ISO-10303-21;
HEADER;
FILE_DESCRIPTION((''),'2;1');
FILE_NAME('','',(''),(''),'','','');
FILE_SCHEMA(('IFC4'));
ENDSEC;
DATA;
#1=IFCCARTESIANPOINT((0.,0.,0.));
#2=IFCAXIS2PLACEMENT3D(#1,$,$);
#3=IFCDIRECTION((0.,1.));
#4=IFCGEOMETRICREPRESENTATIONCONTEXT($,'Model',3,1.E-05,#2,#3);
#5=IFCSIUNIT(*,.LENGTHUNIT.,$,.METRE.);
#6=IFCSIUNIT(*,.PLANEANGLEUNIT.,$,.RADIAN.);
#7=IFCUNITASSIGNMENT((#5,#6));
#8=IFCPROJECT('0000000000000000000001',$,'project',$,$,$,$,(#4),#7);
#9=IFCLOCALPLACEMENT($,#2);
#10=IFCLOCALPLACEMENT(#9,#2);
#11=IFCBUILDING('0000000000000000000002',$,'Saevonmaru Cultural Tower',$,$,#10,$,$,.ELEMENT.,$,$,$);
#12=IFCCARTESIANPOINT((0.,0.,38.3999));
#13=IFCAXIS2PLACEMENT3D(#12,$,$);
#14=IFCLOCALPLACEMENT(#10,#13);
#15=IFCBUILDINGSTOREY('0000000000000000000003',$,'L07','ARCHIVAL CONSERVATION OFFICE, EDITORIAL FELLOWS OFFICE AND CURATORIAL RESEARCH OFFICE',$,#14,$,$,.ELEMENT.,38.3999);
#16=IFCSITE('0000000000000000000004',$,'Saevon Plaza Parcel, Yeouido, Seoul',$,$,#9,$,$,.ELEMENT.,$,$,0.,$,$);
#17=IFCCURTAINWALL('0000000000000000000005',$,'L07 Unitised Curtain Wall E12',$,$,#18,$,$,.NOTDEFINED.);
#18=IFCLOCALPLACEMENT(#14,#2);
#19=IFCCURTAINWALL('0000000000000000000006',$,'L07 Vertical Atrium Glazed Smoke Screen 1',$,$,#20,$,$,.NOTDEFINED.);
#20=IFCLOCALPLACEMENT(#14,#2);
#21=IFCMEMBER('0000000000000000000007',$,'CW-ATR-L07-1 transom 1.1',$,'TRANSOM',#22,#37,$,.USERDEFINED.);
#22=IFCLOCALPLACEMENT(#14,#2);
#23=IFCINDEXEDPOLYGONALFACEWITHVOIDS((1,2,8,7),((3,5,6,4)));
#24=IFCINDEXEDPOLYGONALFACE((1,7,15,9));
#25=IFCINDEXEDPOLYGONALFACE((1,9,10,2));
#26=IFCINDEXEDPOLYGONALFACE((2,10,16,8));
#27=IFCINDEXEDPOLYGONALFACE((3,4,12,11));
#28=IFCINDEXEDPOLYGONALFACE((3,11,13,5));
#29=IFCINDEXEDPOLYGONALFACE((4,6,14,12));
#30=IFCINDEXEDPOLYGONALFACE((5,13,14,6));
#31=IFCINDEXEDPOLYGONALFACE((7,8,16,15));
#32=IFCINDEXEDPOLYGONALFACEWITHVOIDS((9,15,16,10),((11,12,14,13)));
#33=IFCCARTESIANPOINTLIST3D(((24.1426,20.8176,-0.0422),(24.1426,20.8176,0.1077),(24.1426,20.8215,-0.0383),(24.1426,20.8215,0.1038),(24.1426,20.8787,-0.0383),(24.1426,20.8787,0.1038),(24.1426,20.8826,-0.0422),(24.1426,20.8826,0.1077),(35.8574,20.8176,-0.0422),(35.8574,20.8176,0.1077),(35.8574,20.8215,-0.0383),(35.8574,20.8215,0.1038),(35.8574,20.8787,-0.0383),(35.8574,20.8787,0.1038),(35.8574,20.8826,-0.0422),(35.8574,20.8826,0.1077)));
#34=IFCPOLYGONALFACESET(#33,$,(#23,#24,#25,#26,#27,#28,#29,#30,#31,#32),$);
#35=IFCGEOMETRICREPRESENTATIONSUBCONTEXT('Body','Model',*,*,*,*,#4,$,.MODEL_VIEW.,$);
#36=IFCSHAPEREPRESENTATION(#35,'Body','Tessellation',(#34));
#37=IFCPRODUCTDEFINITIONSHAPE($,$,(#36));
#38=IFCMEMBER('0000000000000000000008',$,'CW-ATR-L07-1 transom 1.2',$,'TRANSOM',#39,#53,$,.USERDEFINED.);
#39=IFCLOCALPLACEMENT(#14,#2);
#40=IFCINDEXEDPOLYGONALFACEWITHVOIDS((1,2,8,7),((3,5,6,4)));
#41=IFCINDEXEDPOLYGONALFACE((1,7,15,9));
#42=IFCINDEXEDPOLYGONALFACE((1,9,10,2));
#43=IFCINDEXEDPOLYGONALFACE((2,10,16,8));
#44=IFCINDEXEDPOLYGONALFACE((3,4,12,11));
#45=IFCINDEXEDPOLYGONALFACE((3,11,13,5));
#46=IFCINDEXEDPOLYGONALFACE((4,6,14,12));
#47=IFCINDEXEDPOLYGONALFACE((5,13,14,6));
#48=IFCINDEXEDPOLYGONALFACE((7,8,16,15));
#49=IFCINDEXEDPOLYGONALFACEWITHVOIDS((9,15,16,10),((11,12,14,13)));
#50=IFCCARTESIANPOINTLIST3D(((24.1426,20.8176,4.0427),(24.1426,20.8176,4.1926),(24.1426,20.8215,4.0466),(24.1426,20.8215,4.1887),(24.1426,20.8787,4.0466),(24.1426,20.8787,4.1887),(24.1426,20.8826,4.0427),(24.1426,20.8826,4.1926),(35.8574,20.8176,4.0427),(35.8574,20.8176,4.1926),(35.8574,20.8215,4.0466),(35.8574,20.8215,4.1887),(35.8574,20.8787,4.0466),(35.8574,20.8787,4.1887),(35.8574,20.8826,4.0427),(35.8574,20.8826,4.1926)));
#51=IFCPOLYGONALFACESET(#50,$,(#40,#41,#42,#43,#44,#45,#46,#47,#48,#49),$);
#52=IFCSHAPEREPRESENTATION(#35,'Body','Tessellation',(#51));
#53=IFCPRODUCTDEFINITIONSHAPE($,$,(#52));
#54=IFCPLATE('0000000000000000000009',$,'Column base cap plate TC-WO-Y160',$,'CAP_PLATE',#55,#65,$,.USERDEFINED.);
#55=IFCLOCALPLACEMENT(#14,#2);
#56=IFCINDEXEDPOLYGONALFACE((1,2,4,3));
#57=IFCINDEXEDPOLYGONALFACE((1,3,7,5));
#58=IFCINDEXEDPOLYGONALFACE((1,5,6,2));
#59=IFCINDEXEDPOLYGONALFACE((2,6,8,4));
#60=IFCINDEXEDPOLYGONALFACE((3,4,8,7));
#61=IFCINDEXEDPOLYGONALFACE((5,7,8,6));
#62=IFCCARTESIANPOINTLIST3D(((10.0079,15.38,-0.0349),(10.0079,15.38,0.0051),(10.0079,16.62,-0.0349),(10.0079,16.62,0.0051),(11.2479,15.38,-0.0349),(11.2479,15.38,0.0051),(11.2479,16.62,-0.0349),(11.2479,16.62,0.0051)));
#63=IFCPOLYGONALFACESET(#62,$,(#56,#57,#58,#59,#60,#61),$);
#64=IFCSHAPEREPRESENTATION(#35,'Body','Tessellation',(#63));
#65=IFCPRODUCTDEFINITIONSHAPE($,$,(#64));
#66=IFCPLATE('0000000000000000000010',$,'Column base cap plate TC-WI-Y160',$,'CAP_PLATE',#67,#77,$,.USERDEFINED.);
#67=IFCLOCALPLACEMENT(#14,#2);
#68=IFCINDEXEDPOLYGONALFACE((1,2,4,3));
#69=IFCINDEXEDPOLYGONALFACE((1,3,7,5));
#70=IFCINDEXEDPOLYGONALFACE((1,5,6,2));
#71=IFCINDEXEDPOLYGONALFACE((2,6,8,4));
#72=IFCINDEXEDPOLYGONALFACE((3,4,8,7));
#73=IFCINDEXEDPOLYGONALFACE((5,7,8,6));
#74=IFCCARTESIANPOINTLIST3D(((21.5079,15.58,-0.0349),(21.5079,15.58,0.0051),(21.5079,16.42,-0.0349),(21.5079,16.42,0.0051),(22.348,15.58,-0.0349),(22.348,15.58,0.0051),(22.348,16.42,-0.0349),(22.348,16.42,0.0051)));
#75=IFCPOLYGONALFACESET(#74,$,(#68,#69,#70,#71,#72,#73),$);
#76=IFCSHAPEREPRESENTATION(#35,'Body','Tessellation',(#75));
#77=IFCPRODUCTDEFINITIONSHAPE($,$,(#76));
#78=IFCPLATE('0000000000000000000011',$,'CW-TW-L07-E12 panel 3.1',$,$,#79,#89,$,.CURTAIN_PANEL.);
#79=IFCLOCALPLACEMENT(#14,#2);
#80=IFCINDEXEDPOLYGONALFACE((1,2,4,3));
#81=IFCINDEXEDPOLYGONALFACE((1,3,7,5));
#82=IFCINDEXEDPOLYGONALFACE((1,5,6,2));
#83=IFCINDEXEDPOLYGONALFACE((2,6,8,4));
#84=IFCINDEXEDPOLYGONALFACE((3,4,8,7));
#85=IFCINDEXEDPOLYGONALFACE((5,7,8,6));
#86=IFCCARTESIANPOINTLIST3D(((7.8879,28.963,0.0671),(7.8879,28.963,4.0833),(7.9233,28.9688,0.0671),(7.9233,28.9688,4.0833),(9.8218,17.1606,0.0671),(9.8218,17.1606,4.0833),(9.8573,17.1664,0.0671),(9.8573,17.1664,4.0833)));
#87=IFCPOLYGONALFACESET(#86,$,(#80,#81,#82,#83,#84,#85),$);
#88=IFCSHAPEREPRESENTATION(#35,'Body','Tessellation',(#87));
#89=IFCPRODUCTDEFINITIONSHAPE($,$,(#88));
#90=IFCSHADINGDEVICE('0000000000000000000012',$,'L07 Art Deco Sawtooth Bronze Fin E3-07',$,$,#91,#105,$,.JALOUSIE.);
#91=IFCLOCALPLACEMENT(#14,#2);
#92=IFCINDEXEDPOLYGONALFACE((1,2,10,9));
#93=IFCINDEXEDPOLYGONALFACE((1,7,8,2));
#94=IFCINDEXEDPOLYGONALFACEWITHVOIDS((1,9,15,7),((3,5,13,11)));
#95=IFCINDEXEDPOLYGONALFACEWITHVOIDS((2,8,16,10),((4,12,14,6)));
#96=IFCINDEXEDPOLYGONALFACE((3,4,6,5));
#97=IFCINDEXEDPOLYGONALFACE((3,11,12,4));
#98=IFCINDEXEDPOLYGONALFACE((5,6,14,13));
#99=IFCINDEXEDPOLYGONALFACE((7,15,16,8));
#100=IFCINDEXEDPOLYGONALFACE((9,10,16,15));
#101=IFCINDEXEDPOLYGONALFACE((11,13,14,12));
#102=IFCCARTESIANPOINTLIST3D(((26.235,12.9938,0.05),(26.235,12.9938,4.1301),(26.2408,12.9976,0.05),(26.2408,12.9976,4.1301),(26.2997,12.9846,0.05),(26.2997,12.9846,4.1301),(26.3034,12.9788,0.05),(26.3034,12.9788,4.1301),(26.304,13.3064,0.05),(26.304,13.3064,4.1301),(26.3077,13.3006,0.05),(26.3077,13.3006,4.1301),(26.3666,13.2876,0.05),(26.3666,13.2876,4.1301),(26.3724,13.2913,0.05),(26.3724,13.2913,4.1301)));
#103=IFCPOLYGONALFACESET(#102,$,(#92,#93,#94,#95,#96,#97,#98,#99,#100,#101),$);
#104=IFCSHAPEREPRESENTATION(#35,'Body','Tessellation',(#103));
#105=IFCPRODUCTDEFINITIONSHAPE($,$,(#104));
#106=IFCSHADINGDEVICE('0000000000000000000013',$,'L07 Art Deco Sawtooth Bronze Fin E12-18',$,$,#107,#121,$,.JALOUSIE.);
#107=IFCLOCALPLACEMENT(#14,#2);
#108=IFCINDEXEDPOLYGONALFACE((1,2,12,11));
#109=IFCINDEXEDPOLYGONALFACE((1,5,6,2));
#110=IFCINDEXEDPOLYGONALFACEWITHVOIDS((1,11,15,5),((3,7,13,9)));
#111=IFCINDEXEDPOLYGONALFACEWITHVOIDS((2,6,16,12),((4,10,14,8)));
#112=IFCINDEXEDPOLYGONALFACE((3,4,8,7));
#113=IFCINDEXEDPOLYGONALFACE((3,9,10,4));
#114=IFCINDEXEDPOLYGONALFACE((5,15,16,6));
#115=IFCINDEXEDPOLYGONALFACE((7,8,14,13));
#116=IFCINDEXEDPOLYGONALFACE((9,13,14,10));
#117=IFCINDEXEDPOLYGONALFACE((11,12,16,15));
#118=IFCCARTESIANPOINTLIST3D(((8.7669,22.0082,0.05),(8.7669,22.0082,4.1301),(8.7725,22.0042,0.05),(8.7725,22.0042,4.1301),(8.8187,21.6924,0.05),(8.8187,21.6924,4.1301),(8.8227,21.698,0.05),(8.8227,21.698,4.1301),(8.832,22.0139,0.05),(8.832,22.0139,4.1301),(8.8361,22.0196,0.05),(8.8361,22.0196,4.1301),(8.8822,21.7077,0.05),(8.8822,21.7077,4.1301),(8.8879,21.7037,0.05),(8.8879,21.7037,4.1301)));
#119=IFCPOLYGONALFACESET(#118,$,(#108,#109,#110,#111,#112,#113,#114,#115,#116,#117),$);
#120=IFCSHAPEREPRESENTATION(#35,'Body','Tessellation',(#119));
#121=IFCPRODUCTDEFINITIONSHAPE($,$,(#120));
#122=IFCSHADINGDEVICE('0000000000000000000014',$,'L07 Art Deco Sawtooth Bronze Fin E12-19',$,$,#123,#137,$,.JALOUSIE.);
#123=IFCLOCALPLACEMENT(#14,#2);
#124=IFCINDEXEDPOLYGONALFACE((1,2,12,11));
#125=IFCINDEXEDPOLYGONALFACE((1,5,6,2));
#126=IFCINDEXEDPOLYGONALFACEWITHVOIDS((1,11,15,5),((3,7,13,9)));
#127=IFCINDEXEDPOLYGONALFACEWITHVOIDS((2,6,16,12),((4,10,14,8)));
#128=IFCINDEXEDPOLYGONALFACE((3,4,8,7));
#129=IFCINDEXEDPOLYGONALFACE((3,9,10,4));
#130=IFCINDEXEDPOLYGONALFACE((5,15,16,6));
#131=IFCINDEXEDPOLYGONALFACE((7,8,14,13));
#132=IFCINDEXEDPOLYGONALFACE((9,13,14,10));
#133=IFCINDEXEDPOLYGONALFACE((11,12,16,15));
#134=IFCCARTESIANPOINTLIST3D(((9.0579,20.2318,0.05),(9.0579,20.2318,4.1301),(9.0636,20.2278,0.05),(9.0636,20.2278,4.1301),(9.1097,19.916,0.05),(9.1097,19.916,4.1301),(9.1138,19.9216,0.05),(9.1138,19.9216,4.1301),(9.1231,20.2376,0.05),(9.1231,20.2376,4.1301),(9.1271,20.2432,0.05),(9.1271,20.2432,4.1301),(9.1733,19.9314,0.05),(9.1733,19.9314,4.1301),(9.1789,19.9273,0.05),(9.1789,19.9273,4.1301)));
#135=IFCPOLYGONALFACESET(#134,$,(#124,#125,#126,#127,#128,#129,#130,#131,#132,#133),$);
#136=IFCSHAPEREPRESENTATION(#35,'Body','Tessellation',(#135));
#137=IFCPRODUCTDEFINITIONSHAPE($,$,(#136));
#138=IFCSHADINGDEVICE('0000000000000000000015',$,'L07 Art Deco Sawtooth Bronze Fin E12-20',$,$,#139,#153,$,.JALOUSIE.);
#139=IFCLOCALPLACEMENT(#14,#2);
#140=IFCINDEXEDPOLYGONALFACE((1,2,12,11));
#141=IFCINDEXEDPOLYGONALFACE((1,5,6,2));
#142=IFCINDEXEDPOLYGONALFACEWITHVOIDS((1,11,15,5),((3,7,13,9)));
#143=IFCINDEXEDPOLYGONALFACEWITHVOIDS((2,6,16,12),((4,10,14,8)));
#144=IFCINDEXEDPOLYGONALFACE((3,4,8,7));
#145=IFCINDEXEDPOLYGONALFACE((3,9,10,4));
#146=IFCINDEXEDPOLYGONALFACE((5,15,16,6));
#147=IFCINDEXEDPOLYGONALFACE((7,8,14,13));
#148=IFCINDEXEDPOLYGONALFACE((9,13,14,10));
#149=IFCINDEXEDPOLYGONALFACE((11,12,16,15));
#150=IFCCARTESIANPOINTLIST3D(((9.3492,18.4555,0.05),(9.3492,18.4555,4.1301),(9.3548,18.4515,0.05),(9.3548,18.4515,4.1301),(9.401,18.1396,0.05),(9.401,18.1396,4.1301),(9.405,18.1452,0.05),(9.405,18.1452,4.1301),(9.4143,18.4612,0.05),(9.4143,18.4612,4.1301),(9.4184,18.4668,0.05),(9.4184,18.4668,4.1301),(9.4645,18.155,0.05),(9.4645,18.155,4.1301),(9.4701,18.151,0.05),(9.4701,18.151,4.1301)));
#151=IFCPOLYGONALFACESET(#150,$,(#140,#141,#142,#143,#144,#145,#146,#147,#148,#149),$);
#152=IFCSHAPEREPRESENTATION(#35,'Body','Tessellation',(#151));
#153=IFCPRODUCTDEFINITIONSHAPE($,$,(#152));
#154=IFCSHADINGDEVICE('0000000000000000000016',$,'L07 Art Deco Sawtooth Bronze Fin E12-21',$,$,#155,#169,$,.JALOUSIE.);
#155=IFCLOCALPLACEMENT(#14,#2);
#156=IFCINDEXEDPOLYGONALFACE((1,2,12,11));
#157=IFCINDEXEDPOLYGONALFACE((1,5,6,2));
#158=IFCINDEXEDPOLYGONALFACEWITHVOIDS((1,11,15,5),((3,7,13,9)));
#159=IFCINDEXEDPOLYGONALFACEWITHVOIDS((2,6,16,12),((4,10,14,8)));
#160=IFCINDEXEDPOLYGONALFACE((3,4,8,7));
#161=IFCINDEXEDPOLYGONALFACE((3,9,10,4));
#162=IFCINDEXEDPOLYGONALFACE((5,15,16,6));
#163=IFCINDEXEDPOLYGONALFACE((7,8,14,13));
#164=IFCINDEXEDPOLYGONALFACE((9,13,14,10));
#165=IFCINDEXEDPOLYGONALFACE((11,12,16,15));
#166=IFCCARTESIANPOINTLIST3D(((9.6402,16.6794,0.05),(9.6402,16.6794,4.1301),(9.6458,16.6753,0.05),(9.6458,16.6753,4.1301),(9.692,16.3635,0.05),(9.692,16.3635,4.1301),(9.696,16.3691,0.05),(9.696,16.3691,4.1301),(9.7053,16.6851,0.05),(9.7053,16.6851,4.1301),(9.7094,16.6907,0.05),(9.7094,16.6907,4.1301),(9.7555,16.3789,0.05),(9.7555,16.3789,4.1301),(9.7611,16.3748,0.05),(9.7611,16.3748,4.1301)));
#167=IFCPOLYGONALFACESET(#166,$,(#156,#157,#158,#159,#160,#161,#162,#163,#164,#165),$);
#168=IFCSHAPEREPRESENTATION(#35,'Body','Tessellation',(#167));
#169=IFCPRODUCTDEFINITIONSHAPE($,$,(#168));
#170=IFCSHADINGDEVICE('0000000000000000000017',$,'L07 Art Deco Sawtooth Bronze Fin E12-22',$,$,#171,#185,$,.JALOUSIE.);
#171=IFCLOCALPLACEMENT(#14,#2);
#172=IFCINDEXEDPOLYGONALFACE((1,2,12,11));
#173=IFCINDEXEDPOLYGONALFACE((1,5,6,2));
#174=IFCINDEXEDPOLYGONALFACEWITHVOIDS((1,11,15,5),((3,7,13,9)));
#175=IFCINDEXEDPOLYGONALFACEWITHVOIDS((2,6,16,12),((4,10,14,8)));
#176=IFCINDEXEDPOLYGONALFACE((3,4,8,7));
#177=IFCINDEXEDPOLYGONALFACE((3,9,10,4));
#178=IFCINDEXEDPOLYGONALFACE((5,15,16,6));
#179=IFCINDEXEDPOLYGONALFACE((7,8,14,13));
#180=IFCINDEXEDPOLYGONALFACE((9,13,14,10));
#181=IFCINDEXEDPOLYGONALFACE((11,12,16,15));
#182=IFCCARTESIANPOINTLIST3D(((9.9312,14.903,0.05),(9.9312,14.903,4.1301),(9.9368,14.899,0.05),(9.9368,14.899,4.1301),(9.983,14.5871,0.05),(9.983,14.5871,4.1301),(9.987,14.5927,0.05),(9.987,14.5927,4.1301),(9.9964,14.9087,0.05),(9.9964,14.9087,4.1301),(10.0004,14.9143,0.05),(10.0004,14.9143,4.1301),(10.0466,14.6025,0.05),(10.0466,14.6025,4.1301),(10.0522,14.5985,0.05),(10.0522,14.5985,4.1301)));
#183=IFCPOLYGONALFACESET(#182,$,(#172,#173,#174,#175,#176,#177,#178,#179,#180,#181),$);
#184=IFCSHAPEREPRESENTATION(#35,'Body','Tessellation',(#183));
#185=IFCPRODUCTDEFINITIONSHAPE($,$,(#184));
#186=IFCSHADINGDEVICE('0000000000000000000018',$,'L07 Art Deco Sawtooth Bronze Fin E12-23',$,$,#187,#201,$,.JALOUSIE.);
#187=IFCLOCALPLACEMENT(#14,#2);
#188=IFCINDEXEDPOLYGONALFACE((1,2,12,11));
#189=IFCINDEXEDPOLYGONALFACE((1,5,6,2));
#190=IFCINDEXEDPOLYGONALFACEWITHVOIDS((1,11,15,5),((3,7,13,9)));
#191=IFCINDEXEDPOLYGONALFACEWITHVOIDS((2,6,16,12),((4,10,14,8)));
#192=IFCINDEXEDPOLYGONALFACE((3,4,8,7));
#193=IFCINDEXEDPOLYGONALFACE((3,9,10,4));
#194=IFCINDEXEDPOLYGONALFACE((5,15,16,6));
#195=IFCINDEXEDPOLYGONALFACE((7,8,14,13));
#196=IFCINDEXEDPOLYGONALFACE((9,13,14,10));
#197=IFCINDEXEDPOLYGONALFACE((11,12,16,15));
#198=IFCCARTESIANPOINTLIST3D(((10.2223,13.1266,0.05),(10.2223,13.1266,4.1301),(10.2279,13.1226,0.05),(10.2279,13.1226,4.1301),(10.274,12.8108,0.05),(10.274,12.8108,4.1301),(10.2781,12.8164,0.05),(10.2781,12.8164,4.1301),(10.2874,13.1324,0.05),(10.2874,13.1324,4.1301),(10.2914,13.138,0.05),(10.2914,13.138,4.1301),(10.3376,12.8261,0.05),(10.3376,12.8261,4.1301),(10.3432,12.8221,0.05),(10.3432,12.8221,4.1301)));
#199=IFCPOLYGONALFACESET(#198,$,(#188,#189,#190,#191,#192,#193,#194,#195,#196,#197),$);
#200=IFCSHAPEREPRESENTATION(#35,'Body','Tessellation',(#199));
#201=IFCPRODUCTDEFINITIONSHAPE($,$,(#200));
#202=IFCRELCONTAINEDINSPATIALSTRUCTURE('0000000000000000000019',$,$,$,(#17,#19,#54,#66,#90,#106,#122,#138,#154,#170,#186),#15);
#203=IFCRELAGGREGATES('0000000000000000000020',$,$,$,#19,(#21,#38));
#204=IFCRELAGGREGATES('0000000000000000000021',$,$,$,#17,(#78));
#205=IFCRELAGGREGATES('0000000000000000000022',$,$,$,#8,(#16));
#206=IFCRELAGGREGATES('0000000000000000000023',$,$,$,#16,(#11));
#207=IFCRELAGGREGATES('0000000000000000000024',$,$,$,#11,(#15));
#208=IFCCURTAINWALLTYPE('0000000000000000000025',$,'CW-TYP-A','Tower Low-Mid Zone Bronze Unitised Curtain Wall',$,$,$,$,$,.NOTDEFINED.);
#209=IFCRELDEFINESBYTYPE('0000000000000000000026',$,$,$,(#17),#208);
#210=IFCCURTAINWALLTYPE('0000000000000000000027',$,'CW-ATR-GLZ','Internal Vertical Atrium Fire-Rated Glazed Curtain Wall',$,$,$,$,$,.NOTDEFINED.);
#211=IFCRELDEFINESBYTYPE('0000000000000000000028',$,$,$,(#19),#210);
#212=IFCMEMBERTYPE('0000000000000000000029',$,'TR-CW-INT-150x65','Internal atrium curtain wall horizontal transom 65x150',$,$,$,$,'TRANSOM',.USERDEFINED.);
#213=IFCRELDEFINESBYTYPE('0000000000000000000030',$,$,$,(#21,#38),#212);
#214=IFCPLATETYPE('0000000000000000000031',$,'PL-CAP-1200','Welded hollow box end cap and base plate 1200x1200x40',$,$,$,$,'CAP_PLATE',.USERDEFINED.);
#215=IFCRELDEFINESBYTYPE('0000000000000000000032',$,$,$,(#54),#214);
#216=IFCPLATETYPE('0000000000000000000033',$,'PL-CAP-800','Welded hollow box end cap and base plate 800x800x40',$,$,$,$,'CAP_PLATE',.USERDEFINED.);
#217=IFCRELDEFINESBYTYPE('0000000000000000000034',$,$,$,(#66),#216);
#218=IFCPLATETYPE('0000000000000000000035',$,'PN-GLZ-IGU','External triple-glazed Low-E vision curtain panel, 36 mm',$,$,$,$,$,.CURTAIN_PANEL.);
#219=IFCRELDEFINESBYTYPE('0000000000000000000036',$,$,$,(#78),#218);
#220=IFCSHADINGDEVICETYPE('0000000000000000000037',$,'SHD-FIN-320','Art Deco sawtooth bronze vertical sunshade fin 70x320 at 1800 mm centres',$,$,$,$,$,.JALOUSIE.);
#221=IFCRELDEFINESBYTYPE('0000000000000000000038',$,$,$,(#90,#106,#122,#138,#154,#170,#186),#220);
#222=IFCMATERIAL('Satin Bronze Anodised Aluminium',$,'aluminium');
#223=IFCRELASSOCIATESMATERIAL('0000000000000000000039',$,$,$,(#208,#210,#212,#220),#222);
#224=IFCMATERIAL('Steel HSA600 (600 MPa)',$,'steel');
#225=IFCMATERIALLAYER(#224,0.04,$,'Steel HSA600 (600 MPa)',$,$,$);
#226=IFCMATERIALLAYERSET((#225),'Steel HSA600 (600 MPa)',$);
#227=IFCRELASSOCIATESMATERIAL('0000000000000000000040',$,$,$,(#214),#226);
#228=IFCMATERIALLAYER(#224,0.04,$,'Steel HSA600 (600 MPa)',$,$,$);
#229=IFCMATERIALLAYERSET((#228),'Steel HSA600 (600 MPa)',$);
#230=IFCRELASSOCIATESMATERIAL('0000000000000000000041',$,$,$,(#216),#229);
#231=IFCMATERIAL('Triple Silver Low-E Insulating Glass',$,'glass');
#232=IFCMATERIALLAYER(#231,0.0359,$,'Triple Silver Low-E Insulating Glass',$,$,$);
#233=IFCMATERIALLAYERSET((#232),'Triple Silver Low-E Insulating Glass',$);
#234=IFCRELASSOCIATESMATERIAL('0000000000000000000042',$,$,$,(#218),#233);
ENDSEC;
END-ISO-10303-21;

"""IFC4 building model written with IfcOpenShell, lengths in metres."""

from ifc_helpers import new_model, si_unit, direction, frame, origin, origin_2d, place, context, subcontext, project, spatial, rectangle, hollow_rectangle, extrude, material, layer, layer_set, material_profile, profile_set, type_object, element, aggregate, save


model = new_model("IFC4")

# Units and contexts
model_context = context("Model", 3, precision=1e-05, world=origin(), true_north=direction((0.0, 1.0)))
body_context = subcontext(model_context, "Body", "Model", "MODEL_VIEW")
ifc_project = project(units=[si_unit("LENGTHUNIT", "METRE"), si_unit("PLANEANGLEUNIT", "RADIAN")], contexts=[model_context])

# Site, building, storey
site_placement = place(None, origin())
site = spatial("IfcSite", under=ifc_project, at=site_placement, Name="Saevon Plaza Parcel, Yeouido, Seoul", CompositionType="ELEMENT", RefElevation=0.0)
building_placement = place(site_placement, origin())
building = spatial("IfcBuilding", under=site, at=building_placement, Name="Saevonmaru Cultural Tower", CompositionType="ELEMENT")
storey_placement = place(building_placement, frame((0.0, 0.0, 38.3999)))
storey = spatial("IfcBuildingStorey", under=building, at=storey_placement, Name="L07", Description="ARCHIVAL CONSERVATION OFFICE, EDITORIAL FELLOWS OFFICE AND CURATORIAL RESEARCH OFFICE", CompositionType="ELEMENT", Elevation=38.3999)

# Shared definitions
ifc_material_1 = material(Name="Steel HSA600 (600 MPa)", Category="steel")

# Curtain walls
ifc_material_2 = material(Name="Satin Bronze Anodised Aluminium", Category="aluminium")
curtain_wall_type_1 = type_object("IfcCurtainWallType", Name="CW-TYP-A", Description="Tower Low-Mid Zone Bronze Unitised Curtain Wall", PredefinedType="NOTDEFINED", material=ifc_material_2)
curtain_wall_1_placement = place(storey_placement, origin())
curtain_wall_1 = element("IfcCurtainWall", 1, at=curtain_wall_1_placement, inside=storey, type_object=curtain_wall_type_1, Name="L07 Unitised Curtain Wall E12", PredefinedType="NOTDEFINED")
curtain_wall_type_2 = type_object("IfcCurtainWallType", Name="CW-ATR-GLZ", Description="Internal Vertical Atrium Fire-Rated Glazed Curtain Wall", PredefinedType="NOTDEFINED", material=ifc_material_2)
curtain_wall_2_placement = place(storey_placement, origin())
curtain_wall_2 = element("IfcCurtainWall", 2, at=curtain_wall_2_placement, inside=storey, type_object=curtain_wall_type_2, Name="L07 Vertical Atrium Glazed Smoke Screen 1", PredefinedType="NOTDEFINED")

# Members
ifc_material_profile_1 = material_profile(ifc_material_2, hollow_rectangle(XDim=0.0649, YDim=0.1499, WallThickness=0.0039, at=origin_2d()), Name="ALU-TRAN-150x65x4")
ifc_profile_set_1 = profile_set([ifc_material_profile_1], Name="Satin Bronze Anodised Aluminium")
member_type_1 = type_object("IfcMemberType", Name="TR-CW-INT-150x65", Description="Internal atrium curtain wall horizontal transom 65x150", ElementType="TRANSOM", PredefinedType="USERDEFINED", material=ifc_profile_set_1)
member_1_placement = place(storey_placement, frame((24.1426, 20.8501, 0.0327), z_axis=(1.0, 0.0, 0.0), x_axis=(0.0, 1.0, 0.0)))
member_1 = element("IfcMember", 3, at=member_1_placement, type_object=member_type_1, Name="CW-ATR-L07-1 transom 1.1", ObjectType="TRANSOM", PredefinedType="USERDEFINED", context=body_context, shape_type="SweptSolid", body=[
    extrude(hollow_rectangle(XDim=0.0649, YDim=0.1499, WallThickness=0.0039, at=origin_2d()), origin(), (0.0, 0.0, 1.0), 11.7148),
])
member_2_placement = place(storey_placement, frame((24.1426, 20.8501, 4.1177), z_axis=(1.0, 0.0, 0.0), x_axis=(0.0, 1.0, 0.0)))
member_2 = element("IfcMember", 4, at=member_2_placement, type_object=member_type_1, Name="CW-ATR-L07-1 transom 1.2", ObjectType="TRANSOM", PredefinedType="USERDEFINED", context=body_context, shape_type="SweptSolid", body=[
    extrude(hollow_rectangle(XDim=0.0649, YDim=0.1499, WallThickness=0.0039, at=origin_2d()), origin(), (0.0, 0.0, 1.0), 11.7148),
])
aggregate(curtain_wall_2, [member_1, member_2])

# Plates
ifc_layer_1 = layer(ifc_material_1, 0.04, Name="Steel HSA600 (600 MPa)")
ifc_layer_set_1 = layer_set([ifc_layer_1], Name="Steel HSA600 (600 MPa)")
plate_type_1 = type_object("IfcPlateType", Name="PL-CAP-1200", Description="Welded hollow box end cap and base plate 1200x1200x40", ElementType="CAP_PLATE", PredefinedType="USERDEFINED", material=ifc_layer_set_1)
plate_1_placement = place(storey_placement, frame((10.6279, 16.0, -0.0349), z_axis=(0.0, 0.0, 1.0), x_axis=(1.0, 0.0, 0.0)))
element("IfcPlate", 5, at=plate_1_placement, inside=storey, type_object=plate_type_1, Name="Column base cap plate TC-WO-Y160", ObjectType="CAP_PLATE", PredefinedType="USERDEFINED", context=body_context, shape_type="SweptSolid", body=[
    extrude(rectangle(XDim=1.24, YDim=1.24, at=origin_2d()), origin(), (0.0, 0.0, 1.0), 0.04),
])
ifc_layer_2 = layer(ifc_material_1, 0.04, Name="Steel HSA600 (600 MPa)")
ifc_layer_set_2 = layer_set([ifc_layer_2], Name="Steel HSA600 (600 MPa)")
plate_type_2 = type_object("IfcPlateType", Name="PL-CAP-800", Description="Welded hollow box end cap and base plate 800x800x40", ElementType="CAP_PLATE", PredefinedType="USERDEFINED", material=ifc_layer_set_2)
plate_2_placement = place(storey_placement, frame((21.928, 16.0, -0.0349), z_axis=(0.0, 0.0, 1.0), x_axis=(1.0, 0.0, 0.0)))
element("IfcPlate", 6, at=plate_2_placement, inside=storey, type_object=plate_type_2, Name="Column base cap plate TC-WI-Y160", ObjectType="CAP_PLATE", PredefinedType="USERDEFINED", context=body_context, shape_type="SweptSolid", body=[
    extrude(rectangle(XDim=0.8401, YDim=0.8401, at=origin_2d()), origin(), (0.0, 0.0, 1.0), 0.04),
])

# Plate
ifc_material_3 = material(Name="Triple Silver Low-E Insulating Glass", Category="glass")
ifc_layer_3 = layer(ifc_material_3, 0.0359, Name="Triple Silver Low-E Insulating Glass")
ifc_layer_set_3 = layer_set([ifc_layer_3], Name="Triple Silver Low-E Insulating Glass")
plate_type_3 = type_object("IfcPlateType", Name="PN-GLZ-IGU", Description="External triple-glazed Low-E vision curtain panel, 36 mm", PredefinedType="CURTAIN_PANEL", material=ifc_layer_set_3)
plate_3_placement = place(storey_placement, frame((8.8726, 23.0647, 0.0671), z_axis=(0.0, 0.0, 1.0), x_axis=(0.161709, -0.986839, 0.0)))
plate_3 = element("IfcPlate", 7, at=plate_3_placement, type_object=plate_type_3, Name="CW-TW-L07-E12 panel 3.1", PredefinedType="CURTAIN_PANEL", context=body_context, shape_type="SweptSolid", body=[
    extrude(rectangle(XDim=11.9597, YDim=0.0359, at=origin_2d()), origin(), (0.0, 0.0, 1.0), 4.0161),
])
aggregate(curtain_wall_1, [plate_3])

# Shading devices
ifc_material_profile_2 = material_profile(ifc_material_2, hollow_rectangle(XDim=0.0701, YDim=0.3201, WallThickness=0.0049, at=origin_2d()), Name="FIN-320x70")
ifc_profile_set_2 = profile_set([ifc_material_profile_2], Name="Satin Bronze Anodised Aluminium")
shading_device_type = type_object("IfcShadingDeviceType", Name="SHD-FIN-320", Description="Art Deco sawtooth bronze vertical sunshade fin 70x320 at 1800 mm centres", PredefinedType="JALOUSIE", material=ifc_profile_set_2)
for number, where, z_axis, x_axis, name in (
    (8, (26.3037, 13.1426, 0.05), (0.0, 0.0, 1.0), (0.976522, -0.215417, 0.0), "L07 Art Deco Sawtooth Bronze Fin E3-07"),
    (9, (8.8274, 21.856, 0.05), (0.0, 0.0, 1.0), (-0.986827, -0.161776, 0.0), "L07 Art Deco Sawtooth Bronze Fin E12-18"),
    (10, (9.1184, 20.0796, 0.05), (0.0, 0.0, 1.0), (-0.986827, -0.161776, 0.0), "L07 Art Deco Sawtooth Bronze Fin E12-19"),
    (11, (9.4097, 18.3032, 0.05), (0.0, 0.0, 1.0), (-0.986827, -0.161776, 0.0), "L07 Art Deco Sawtooth Bronze Fin E12-20"),
    (12, (9.7007, 16.5271, 0.05), (0.0, 0.0, 1.0), (-0.986827, -0.161776, 0.0), "L07 Art Deco Sawtooth Bronze Fin E12-21"),
    (13, (9.9917, 14.7507, 0.05), (0.0, 0.0, 1.0), (-0.986827, -0.161776, 0.0), "L07 Art Deco Sawtooth Bronze Fin E12-22"),
    (14, (10.2827, 12.9744, 0.05), (0.0, 0.0, 1.0), (-0.986827, -0.161776, 0.0), "L07 Art Deco Sawtooth Bronze Fin E12-23"),
):
    element("IfcShadingDevice", number, at=place(storey_placement, frame(where, z_axis=z_axis, x_axis=x_axis)), inside=storey, type_object=shading_device_type, Name=name, PredefinedType="JALOUSIE", context=body_context, shape_type="SweptSolid", body=[
        extrude(hollow_rectangle(XDim=0.0701, YDim=0.3201, WallThickness=0.0049, at=origin_2d()), origin(), (0.0, 0.0, 1.0), 4.0801),
    ])

save(model, "model.ifc")
